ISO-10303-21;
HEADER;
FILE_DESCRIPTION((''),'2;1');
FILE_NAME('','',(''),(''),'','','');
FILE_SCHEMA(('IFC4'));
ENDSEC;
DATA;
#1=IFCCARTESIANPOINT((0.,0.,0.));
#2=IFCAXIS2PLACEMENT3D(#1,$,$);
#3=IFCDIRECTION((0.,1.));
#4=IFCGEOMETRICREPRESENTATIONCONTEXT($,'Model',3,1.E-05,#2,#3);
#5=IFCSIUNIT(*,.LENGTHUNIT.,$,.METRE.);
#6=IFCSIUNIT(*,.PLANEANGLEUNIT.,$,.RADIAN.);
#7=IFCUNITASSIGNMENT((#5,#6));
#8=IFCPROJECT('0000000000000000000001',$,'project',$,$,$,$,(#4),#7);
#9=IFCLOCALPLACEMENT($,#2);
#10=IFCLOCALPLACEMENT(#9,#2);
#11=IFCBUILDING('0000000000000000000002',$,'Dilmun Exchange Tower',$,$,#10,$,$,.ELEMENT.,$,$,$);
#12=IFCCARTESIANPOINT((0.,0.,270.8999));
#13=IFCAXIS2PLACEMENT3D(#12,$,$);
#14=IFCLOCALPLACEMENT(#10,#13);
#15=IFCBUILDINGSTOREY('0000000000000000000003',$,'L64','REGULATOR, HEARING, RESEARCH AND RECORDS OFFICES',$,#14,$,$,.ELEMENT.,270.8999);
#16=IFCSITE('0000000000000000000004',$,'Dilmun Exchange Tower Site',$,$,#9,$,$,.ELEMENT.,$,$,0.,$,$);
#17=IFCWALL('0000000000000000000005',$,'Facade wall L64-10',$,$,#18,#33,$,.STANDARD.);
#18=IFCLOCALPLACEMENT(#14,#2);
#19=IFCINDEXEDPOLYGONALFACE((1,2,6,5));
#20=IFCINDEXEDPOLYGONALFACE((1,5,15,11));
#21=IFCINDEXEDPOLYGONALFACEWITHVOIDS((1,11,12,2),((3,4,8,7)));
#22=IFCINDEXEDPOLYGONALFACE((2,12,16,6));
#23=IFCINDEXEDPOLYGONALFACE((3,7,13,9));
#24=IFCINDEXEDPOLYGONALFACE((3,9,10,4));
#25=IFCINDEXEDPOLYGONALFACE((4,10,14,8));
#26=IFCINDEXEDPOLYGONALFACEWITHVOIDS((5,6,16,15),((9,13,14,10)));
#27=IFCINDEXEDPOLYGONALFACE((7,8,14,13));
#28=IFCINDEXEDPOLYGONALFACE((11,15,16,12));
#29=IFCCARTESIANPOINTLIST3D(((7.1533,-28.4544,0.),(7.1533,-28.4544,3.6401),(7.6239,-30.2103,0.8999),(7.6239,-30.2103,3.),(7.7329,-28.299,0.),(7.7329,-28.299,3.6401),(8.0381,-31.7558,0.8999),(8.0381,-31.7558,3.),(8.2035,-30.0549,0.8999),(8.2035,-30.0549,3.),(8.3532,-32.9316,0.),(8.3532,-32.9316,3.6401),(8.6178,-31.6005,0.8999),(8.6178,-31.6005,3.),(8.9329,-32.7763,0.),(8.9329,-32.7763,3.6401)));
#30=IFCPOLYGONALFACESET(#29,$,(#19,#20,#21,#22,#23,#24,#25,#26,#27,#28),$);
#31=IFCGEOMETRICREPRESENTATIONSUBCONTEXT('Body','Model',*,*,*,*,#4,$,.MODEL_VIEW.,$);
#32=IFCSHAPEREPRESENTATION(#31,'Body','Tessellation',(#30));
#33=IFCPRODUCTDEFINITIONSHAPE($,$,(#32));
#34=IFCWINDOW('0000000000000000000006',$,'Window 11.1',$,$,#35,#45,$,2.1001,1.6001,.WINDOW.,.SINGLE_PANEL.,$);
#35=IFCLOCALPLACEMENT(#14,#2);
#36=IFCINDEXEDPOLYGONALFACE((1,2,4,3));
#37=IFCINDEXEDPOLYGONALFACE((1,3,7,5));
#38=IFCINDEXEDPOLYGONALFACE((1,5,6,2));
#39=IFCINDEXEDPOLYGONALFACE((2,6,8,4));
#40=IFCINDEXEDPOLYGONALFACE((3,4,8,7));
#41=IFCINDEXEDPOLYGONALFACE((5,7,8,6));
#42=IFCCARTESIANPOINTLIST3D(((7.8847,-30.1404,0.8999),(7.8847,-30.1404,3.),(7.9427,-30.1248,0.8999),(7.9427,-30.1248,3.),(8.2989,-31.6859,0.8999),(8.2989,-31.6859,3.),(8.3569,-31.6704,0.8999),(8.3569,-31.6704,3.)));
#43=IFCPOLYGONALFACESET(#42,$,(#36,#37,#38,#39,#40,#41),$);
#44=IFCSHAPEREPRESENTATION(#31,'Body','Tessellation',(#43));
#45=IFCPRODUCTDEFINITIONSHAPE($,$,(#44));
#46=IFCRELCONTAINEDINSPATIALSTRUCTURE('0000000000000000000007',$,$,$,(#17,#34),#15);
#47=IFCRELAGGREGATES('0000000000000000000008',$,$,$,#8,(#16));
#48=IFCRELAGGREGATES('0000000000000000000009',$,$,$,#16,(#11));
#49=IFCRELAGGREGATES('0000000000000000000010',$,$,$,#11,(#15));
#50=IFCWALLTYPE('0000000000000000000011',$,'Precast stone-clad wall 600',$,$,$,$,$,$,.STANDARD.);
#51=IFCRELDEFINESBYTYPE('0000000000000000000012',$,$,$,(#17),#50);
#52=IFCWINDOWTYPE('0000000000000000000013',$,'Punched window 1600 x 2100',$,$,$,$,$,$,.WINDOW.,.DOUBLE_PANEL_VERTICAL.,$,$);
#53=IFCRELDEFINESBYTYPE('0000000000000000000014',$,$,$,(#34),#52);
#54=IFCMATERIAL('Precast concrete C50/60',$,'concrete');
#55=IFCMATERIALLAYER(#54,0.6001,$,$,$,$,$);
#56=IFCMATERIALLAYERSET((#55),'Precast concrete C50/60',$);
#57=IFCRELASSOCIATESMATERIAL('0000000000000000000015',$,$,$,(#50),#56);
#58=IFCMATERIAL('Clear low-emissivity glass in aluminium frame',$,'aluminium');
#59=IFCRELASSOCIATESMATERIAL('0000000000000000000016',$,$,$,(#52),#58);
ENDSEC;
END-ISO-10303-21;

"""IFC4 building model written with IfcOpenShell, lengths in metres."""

from ifc_helpers import new_model, si_unit, direction, frame, frame_2d, origin, place, context, subcontext, project, spatial, rectangle, extrude, material, layer, layer_set, type_object, element, fill, save


model = new_model("IFC4")

# Units and contexts
model_context = context("Model", 3, precision=1e-05, world=origin(), true_north=direction((0.0, 1.0)))
body_context = subcontext(model_context, "Body", "Model", "MODEL_VIEW")
ifc_project = project(units=[si_unit("LENGTHUNIT", "METRE"), si_unit("PLANEANGLEUNIT", "RADIAN")], contexts=[model_context])

# Site, building, storey
site_placement = place(None, origin())
site = spatial("IfcSite", under=ifc_project, at=site_placement, Name="Dilmun Exchange Tower Site", CompositionType="ELEMENT", RefElevation=0.0)
building_placement = place(site_placement, origin())
building = spatial("IfcBuilding", under=site, at=building_placement, Name="Dilmun Exchange Tower", CompositionType="ELEMENT")
storey_placement = place(building_placement, frame((0.0, 0.0, 270.8999)))
storey = spatial("IfcBuildingStorey", under=building, at=storey_placement, Name="L64", Description="REGULATOR, HEARING, RESEARCH AND RECORDS OFFICES", CompositionType="ELEMENT", Elevation=270.8999)

# Wall, opening, window
ifc_material_1 = material(Name="Precast concrete C50/60", Category="concrete")
ifc_layer_1 = layer(ifc_material_1, 0.6001)
ifc_layer_set_1 = layer_set([ifc_layer_1], Name="Precast concrete C50/60")
wall_type_1 = type_object("IfcWallType", Name="Precast stone-clad wall 600", PredefinedType="STANDARD", material=ifc_layer_set_1)
ifc_material_2 = material(Name="Clear low-emissivity glass in aluminium frame", Category="aluminium")
window_type_1 = type_object("IfcWindowType", Name="Punched window 1600 x 2100", PartitioningType="DOUBLE_PANEL_VERTICAL", PredefinedType="WINDOW", material=ifc_material_2)
wall_1_placement = place(storey_placement, frame((7.4431, -28.3767, 0.0), z_axis=(0.0, 0.0, 1.0), x_axis=(0.258872, -0.965912, 0.0)))
wall_1 = element("IfcWall", 1, at=wall_1_placement, inside=storey, type_object=wall_type_1, Name="Facade wall L64-10", PredefinedType="STANDARD", context=body_context, shape_type="SweptSolid", body=[
    extrude(rectangle(XDim=4.6353, YDim=0.6001, at=frame_2d((2.3176, 0.0))), origin(), (0.0, 0.0, 1.0), 3.6401),
])
opening_1_placement = place(wall_1_placement, frame((1.8179, 0.0, 0.8999)))
opening_1 = element("IfcOpeningElement", 2, at=opening_1_placement, cuts=wall_1, PredefinedType="OPENING", context=body_context, shape_type="SweptSolid", body=[
    extrude(rectangle(XDim=1.6001, YDim=2.1001, at=frame_2d((0.8, 1.05))), frame((0.0, 0.3101, 0.0), z_axis=(0.0, -1.0, 0.0), x_axis=(1.0, 0.0, 0.0)), (0.0, 0.0, 1.0), 0.6201),
])
window_1_placement = place(opening_1_placement, origin())
window_1 = element("IfcWindow", 3, at=window_1_placement, inside=storey, type_object=window_type_1, Name="Window 11.1", OverallHeight=2.1001, OverallWidth=1.6001, PartitioningType="SINGLE_PANEL", PredefinedType="WINDOW", context=body_context, shape_type="SweptSolid", body=[
    extrude(rectangle(XDim=1.6001, YDim=2.1001, at=frame_2d((0.8, 1.05))), frame((0.0, 0.03, 0.0), z_axis=(0.0, -1.0, 0.0), x_axis=(1.0, 0.0, 0.0)), (0.0, 0.0, 1.0), 0.0601),
])
fill(opening_1, window_1)

save(model, "model.ifc")
